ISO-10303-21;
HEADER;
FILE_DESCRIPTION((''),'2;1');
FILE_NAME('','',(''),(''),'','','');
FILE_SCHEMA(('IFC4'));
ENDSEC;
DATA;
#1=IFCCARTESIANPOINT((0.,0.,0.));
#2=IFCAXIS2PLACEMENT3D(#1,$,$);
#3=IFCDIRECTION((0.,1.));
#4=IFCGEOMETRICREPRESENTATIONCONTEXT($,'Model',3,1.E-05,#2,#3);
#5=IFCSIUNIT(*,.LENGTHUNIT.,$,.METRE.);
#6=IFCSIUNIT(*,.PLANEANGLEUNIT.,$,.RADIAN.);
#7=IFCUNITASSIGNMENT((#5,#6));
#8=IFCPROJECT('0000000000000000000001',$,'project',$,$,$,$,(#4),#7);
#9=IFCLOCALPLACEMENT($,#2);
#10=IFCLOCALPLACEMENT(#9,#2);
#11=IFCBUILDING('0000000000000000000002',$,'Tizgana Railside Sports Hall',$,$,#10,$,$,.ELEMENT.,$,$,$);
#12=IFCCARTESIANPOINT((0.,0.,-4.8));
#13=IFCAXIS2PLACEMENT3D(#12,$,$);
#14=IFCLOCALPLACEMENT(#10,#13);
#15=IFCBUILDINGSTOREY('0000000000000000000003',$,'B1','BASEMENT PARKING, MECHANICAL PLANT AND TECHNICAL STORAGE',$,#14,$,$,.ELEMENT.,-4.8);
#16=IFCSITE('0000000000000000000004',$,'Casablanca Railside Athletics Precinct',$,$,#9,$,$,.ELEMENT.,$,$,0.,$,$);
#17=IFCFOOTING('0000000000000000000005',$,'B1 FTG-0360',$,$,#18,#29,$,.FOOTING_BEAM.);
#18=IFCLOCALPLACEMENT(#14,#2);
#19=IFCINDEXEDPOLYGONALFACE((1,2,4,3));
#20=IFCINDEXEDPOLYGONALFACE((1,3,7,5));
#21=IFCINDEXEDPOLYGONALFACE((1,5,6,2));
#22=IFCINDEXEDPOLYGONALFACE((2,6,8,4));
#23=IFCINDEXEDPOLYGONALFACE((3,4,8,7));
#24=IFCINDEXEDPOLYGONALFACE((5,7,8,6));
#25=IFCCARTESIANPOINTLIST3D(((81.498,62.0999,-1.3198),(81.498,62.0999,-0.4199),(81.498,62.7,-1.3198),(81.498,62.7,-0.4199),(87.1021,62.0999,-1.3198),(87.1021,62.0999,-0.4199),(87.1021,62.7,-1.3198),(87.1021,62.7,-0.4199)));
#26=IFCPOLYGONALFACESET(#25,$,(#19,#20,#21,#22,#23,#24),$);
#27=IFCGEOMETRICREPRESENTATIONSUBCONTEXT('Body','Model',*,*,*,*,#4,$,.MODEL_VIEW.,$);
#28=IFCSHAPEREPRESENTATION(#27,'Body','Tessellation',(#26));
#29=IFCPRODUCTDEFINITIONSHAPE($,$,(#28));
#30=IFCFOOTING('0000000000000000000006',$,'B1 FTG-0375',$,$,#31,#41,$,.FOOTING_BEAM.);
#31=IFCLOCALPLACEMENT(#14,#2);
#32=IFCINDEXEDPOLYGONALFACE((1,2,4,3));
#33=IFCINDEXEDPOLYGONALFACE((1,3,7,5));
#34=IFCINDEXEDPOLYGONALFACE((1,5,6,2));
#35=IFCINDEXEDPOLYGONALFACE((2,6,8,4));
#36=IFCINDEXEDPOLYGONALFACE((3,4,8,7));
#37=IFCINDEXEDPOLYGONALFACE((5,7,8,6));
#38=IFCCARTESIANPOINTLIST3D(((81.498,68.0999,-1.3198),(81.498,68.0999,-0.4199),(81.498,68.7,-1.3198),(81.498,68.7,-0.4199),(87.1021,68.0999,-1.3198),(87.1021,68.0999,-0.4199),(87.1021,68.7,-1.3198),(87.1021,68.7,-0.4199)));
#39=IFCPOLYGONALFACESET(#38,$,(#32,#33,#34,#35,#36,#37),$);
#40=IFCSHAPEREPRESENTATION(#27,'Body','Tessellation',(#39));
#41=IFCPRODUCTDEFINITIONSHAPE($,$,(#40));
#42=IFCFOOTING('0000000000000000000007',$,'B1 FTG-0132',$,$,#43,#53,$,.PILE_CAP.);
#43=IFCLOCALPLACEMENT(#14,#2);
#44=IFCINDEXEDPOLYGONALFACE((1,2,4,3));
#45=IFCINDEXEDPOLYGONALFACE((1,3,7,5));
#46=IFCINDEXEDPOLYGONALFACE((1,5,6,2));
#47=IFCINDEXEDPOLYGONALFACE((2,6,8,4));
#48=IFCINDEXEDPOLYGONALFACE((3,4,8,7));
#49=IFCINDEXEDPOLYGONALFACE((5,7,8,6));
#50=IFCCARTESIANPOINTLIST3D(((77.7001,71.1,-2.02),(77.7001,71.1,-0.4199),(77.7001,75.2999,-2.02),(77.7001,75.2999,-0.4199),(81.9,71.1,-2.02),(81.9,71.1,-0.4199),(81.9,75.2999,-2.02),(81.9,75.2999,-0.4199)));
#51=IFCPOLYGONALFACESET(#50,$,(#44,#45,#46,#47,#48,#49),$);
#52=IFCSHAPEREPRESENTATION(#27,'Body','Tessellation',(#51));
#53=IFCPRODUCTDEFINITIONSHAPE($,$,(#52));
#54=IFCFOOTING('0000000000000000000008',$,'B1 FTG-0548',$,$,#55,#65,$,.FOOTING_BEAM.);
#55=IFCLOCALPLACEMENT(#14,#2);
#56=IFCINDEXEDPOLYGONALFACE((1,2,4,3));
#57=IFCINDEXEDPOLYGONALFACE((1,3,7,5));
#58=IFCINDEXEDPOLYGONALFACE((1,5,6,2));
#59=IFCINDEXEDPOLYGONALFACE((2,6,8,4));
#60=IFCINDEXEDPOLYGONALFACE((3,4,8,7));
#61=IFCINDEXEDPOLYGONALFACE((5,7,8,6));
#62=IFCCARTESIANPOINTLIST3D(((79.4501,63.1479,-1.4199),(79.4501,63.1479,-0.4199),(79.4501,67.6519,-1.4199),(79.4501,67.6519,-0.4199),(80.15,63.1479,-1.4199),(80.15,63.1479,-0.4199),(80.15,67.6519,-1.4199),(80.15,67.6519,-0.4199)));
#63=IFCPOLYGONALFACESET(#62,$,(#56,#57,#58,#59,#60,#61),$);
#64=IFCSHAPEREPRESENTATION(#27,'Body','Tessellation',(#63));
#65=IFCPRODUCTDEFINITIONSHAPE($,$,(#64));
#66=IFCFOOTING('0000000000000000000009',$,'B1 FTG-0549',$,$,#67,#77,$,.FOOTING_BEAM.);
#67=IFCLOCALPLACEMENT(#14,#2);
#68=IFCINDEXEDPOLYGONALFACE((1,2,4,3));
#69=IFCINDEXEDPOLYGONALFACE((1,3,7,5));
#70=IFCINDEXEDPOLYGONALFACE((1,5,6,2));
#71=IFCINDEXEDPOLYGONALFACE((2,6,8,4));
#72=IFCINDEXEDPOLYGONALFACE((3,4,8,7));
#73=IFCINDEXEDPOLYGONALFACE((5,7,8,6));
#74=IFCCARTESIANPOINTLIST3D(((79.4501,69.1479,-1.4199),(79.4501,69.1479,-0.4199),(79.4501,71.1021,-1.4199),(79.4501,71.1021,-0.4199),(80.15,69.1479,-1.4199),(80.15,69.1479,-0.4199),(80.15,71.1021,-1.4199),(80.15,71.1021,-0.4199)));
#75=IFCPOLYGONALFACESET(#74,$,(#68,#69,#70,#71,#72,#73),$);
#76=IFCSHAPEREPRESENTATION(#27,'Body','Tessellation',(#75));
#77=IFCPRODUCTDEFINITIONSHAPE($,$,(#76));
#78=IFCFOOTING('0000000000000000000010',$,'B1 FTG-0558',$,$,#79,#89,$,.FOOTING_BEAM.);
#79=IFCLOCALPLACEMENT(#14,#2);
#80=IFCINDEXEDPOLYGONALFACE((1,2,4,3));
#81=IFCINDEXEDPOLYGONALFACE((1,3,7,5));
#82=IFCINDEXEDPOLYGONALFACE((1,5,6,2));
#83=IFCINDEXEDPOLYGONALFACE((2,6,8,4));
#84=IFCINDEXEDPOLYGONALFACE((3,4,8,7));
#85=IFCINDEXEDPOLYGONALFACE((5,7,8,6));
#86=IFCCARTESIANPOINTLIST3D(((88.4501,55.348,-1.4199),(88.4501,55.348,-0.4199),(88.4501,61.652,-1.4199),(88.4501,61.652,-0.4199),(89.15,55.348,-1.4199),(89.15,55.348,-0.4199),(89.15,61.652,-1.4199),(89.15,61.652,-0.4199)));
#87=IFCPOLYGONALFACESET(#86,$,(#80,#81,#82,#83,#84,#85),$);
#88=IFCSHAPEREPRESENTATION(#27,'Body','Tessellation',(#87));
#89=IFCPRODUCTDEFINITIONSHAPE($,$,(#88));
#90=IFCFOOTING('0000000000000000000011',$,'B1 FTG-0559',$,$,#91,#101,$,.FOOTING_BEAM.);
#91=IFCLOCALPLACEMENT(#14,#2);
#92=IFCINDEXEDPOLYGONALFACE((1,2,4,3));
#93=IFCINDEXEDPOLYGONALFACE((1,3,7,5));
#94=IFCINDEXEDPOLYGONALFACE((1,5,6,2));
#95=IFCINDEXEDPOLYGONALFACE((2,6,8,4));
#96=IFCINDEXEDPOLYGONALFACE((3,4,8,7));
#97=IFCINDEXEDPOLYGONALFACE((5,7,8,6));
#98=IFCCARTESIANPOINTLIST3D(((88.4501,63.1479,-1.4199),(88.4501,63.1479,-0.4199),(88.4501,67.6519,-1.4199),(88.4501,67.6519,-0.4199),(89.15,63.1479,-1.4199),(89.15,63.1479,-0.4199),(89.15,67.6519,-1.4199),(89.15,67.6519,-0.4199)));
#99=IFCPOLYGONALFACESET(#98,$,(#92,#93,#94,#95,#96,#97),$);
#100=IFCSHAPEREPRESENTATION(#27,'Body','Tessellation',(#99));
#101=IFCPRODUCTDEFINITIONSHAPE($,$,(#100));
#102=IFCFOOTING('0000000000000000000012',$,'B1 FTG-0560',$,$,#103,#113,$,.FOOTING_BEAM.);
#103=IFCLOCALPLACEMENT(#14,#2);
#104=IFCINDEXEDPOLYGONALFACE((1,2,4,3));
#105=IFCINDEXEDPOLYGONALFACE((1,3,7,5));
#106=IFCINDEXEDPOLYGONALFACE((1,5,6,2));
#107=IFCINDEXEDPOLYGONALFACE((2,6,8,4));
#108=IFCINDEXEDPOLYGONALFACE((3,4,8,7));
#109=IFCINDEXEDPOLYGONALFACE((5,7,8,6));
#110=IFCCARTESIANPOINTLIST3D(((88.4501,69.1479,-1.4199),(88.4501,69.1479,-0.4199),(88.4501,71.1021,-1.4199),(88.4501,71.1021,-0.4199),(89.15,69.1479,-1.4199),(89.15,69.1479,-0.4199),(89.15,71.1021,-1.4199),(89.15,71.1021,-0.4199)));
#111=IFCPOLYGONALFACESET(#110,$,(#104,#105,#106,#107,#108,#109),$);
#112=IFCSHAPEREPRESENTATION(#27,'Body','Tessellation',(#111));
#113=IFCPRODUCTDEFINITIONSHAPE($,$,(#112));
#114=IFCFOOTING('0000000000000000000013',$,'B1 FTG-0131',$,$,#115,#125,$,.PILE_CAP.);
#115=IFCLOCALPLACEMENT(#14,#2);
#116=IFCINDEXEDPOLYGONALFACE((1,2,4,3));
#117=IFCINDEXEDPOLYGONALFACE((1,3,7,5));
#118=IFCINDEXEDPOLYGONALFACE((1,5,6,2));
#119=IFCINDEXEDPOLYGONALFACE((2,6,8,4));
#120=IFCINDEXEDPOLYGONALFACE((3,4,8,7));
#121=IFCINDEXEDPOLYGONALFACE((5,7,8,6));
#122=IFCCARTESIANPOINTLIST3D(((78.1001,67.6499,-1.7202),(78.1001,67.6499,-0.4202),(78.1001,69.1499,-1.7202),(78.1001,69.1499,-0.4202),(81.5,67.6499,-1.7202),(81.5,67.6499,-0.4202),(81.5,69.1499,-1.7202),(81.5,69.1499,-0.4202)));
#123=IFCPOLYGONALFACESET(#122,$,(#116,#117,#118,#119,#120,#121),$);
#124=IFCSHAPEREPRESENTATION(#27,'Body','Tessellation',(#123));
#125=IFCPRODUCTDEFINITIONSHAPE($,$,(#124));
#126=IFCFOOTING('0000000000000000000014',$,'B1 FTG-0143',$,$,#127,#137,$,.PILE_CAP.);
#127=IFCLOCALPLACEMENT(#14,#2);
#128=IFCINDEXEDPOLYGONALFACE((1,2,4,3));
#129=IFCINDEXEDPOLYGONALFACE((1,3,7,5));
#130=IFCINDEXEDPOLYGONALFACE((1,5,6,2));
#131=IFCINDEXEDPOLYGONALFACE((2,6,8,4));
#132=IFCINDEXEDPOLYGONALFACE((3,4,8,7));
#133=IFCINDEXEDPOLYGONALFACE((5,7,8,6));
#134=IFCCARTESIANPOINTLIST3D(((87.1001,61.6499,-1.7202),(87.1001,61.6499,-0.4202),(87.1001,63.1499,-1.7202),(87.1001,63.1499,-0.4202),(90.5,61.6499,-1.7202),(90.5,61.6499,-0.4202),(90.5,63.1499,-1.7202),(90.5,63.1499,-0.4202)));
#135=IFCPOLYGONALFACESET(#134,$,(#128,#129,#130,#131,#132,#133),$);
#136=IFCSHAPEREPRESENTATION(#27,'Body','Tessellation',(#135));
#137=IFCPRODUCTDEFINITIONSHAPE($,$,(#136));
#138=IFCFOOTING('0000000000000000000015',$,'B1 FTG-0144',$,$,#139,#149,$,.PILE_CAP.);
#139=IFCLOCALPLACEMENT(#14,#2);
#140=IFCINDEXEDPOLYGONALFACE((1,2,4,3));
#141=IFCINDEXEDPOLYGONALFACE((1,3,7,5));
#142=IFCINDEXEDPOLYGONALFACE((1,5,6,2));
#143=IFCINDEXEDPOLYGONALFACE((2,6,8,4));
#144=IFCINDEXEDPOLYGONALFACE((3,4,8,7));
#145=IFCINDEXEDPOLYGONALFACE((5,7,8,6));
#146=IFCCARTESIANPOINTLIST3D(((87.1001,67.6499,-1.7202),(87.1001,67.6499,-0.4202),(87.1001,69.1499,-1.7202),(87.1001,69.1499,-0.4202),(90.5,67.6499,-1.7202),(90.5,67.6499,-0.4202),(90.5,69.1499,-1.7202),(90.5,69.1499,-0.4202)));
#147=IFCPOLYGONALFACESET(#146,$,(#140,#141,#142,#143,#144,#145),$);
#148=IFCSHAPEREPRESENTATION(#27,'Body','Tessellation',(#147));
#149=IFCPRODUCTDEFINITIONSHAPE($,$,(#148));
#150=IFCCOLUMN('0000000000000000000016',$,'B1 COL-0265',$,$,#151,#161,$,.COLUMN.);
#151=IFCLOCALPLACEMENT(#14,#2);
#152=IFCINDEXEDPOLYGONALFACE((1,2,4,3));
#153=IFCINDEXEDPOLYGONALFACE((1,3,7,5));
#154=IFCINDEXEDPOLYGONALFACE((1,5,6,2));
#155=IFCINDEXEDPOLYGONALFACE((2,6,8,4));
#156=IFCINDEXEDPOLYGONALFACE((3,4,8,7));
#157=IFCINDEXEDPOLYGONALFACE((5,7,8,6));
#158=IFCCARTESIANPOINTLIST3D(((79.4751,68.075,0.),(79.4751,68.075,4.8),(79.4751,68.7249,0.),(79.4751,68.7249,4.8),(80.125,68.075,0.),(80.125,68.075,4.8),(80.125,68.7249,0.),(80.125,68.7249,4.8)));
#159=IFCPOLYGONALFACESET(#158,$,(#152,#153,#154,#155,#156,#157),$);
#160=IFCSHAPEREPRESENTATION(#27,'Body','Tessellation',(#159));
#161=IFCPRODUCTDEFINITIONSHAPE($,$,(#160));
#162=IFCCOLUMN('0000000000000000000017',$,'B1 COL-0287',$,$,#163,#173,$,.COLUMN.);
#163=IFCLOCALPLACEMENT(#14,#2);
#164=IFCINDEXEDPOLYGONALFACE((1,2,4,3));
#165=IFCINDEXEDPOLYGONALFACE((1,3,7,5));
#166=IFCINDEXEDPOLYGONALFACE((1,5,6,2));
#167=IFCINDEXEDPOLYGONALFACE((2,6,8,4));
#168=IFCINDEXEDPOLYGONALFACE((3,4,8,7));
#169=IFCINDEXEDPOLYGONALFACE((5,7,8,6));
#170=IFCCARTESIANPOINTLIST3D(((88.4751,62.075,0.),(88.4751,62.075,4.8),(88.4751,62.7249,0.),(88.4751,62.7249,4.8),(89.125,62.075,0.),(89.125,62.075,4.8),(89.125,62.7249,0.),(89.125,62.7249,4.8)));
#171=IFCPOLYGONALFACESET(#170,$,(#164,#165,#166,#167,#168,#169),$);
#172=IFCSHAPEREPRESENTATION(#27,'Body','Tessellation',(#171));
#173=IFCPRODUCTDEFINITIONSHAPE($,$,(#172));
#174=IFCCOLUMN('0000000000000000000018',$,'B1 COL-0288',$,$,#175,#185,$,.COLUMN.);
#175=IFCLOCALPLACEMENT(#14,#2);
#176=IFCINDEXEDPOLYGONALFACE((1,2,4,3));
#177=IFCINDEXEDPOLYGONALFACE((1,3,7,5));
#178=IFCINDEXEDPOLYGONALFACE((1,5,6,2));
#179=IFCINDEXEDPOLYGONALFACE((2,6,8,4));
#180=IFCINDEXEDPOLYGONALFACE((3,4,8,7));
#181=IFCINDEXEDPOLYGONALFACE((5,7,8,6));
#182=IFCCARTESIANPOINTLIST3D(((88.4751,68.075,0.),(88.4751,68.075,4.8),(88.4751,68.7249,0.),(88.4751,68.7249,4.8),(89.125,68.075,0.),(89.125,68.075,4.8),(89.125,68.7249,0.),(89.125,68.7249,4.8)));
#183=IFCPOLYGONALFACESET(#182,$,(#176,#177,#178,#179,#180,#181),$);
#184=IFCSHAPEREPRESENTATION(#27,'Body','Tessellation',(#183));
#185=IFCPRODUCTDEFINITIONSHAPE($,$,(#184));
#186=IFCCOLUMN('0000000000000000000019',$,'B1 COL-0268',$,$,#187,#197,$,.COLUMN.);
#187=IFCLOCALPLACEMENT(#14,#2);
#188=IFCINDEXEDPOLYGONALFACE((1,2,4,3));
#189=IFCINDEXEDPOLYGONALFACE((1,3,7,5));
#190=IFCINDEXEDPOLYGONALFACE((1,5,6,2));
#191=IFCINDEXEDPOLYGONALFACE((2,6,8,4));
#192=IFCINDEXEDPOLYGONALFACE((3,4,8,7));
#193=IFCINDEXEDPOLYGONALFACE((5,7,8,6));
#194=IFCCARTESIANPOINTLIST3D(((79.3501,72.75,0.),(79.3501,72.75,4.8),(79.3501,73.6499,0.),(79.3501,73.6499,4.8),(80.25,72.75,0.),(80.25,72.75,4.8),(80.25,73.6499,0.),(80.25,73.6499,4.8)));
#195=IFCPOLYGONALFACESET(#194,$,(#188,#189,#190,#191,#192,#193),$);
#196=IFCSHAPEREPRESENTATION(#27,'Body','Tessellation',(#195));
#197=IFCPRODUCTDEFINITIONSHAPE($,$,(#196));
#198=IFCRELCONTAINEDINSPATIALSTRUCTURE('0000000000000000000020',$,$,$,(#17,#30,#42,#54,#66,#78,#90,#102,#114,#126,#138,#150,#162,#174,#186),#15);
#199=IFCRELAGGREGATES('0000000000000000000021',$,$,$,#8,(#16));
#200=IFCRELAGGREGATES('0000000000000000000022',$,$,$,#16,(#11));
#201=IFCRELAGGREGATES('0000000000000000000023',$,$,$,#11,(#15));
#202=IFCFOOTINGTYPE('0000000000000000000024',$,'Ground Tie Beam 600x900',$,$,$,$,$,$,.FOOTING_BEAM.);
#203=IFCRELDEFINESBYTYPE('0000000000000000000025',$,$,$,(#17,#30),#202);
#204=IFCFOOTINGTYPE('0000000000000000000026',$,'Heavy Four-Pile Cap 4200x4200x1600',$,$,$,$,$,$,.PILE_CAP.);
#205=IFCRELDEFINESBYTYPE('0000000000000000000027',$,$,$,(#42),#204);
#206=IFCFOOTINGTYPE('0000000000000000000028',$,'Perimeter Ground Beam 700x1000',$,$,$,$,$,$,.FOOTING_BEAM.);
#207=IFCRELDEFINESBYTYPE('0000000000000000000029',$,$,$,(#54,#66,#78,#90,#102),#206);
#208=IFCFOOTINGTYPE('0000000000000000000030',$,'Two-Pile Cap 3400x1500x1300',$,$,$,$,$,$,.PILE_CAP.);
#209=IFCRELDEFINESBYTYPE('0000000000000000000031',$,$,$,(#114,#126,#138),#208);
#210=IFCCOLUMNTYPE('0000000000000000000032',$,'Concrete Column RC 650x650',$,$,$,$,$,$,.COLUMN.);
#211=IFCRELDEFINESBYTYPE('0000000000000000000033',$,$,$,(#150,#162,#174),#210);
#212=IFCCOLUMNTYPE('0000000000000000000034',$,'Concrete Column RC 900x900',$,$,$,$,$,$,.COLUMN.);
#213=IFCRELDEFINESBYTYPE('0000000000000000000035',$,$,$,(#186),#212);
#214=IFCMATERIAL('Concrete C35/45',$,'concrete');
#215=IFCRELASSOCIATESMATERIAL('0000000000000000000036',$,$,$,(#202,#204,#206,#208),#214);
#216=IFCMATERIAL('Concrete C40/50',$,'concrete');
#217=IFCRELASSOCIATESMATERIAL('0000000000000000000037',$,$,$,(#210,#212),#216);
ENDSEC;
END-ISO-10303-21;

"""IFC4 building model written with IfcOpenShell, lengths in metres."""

from ifc_helpers import new_model, si_unit, direction, frame, origin, origin_2d, place, context, subcontext, project, spatial, rectangle, extrude, material, material_profile, profile_set, type_object, element, save


model = new_model("IFC4")

# Units and contexts
model_context = context("Model", 3, precision=1e-05, world=origin(), true_north=direction((0.0, 1.0)))
body_context = subcontext(model_context, "Body", "Model", "MODEL_VIEW")
ifc_project = project(units=[si_unit("LENGTHUNIT", "METRE"), si_unit("PLANEANGLEUNIT", "RADIAN")], contexts=[model_context])

# Site, building, storey
site_placement = place(None, origin())
site = spatial("IfcSite", under=ifc_project, at=site_placement, Name="Casablanca Railside Athletics Precinct", CompositionType="ELEMENT", RefElevation=0.0)
building_placement = place(site_placement, origin())
building = spatial("IfcBuilding", under=site, at=building_placement, Name="Tizgana Railside Sports Hall", CompositionType="ELEMENT")
storey_placement = place(building_placement, frame((0.0, 0.0, -4.8)))
storey = spatial("IfcBuildingStorey", under=building, at=storey_placement, Name="B1", Description="BASEMENT PARKING, MECHANICAL PLANT AND TECHNICAL STORAGE", CompositionType="ELEMENT", Elevation=-4.8)

# Shared definitions
ifc_material_1 = material(Name="Concrete C35/45", Category="concrete")

# Footings
footing_type_1 = type_object("IfcFootingType", Name="Ground Tie Beam 600x900", PredefinedType="FOOTING_BEAM", material=ifc_material_1)
for number, where, z_axis, x_axis, name in (
    (1, (84.3, 62.3999, -1.3198), (0.0, 0.0, 1.0), (1.0, 0.0, 0.0), "B1 FTG-0360"),
    (2, (84.3, 68.3999, -1.3198), (0.0, 0.0, 1.0), (1.0, 0.0, 0.0), "B1 FTG-0375"),
):
    element("IfcFooting", number, at=place(storey_placement, frame(where, z_axis=z_axis, x_axis=x_axis)), inside=storey, type_object=footing_type_1, Name=name, PredefinedType="FOOTING_BEAM", context=body_context, shape_type="SweptSolid", body=[
        extrude(rectangle(XDim=5.604, YDim=0.6001, at=origin_2d()), origin(), (0.0, 0.0, 1.0), 0.8999),
    ])
footing_type_2 = type_object("IfcFootingType", Name="Heavy Four-Pile Cap 4200x4200x1600", PredefinedType="PILE_CAP", material=ifc_material_1)
footing_1_placement = place(storey_placement, frame((79.8, 73.2, -2.02), z_axis=(0.0, 0.0, 1.0), x_axis=(1.0, 0.0, 0.0)))
element("IfcFooting", 3, at=footing_1_placement, inside=storey, type_object=footing_type_2, Name="B1 FTG-0132", PredefinedType="PILE_CAP", context=body_context, shape_type="SweptSolid", body=[
    extrude(rectangle(XDim=4.2, YDim=4.2, at=origin_2d()), origin(), (0.0, 0.0, 1.0), 1.6001),
])
footing_type_3 = type_object("IfcFootingType", Name="Perimeter Ground Beam 700x1000", PredefinedType="FOOTING_BEAM", material=ifc_material_1)
footing_2_placement = place(storey_placement, frame((79.8, 65.3999, -1.4199), z_axis=(0.0, 0.0, 1.0), x_axis=(0.0, 1.0, 0.0)))
element("IfcFooting", 4, at=footing_2_placement, inside=storey, type_object=footing_type_3, Name="B1 FTG-0548", PredefinedType="FOOTING_BEAM", context=body_context, shape_type="SweptSolid", body=[
    extrude(rectangle(XDim=4.5039, YDim=0.7, at=origin_2d()), origin(), (0.0, 0.0, 1.0), 1.0),
])
footing_3_placement = place(storey_placement, frame((79.8, 70.125, -1.4199), z_axis=(0.0, 0.0, 1.0), x_axis=(0.0, 1.0, 0.0)))
element("IfcFooting", 5, at=footing_3_placement, inside=storey, type_object=footing_type_3, Name="B1 FTG-0549", PredefinedType="FOOTING_BEAM", context=body_context, shape_type="SweptSolid", body=[
    extrude(rectangle(XDim=1.9541, YDim=0.7, at=origin_2d()), origin(), (0.0, 0.0, 1.0), 1.0),
])
footing_4_placement = place(storey_placement, frame((88.8, 58.5, -1.4199), z_axis=(0.0, 0.0, 1.0), x_axis=(0.0, 1.0, 0.0)))
element("IfcFooting", 6, at=footing_4_placement, inside=storey, type_object=footing_type_3, Name="B1 FTG-0558", PredefinedType="FOOTING_BEAM", context=body_context, shape_type="SweptSolid", body=[
    extrude(rectangle(XDim=6.304, YDim=0.7, at=origin_2d()), origin(), (0.0, 0.0, 1.0), 1.0),
])
footing_5_placement = place(storey_placement, frame((88.8, 65.3999, -1.4199), z_axis=(0.0, 0.0, 1.0), x_axis=(0.0, 1.0, 0.0)))
element("IfcFooting", 7, at=footing_5_placement, inside=storey, type_object=footing_type_3, Name="B1 FTG-0559", PredefinedType="FOOTING_BEAM", context=body_context, shape_type="SweptSolid", body=[
    extrude(rectangle(XDim=4.5039, YDim=0.7, at=origin_2d()), origin(), (0.0, 0.0, 1.0), 1.0),
])
footing_6_placement = place(storey_placement, frame((88.8, 70.125, -1.4199), z_axis=(0.0, 0.0, 1.0), x_axis=(0.0, 1.0, 0.0)))
element("IfcFooting", 8, at=footing_6_placement, inside=storey, type_object=footing_type_3, Name="B1 FTG-0560", PredefinedType="FOOTING_BEAM", context=body_context, shape_type="SweptSolid", body=[
    extrude(rectangle(XDim=1.9541, YDim=0.7, at=origin_2d()), origin(), (0.0, 0.0, 1.0), 1.0),
])
footing_type_4 = type_object("IfcFootingType", Name="Two-Pile Cap 3400x1500x1300", PredefinedType="PILE_CAP", material=ifc_material_1)
for number, where, z_axis, x_axis, name in (
    (9, (79.8, 68.3999, -1.7202), (0.0, 0.0, 1.0), (1.0, 0.0, 0.0), "B1 FTG-0131"),
    (10, (88.8, 62.3999, -1.7202), (0.0, 0.0, 1.0), (1.0, 0.0, 0.0), "B1 FTG-0143"),
    (11, (88.8, 68.3999, -1.7202), (0.0, 0.0, 1.0), (1.0, 0.0, 0.0), "B1 FTG-0144"),
):
    element("IfcFooting", number, at=place(storey_placement, frame(where, z_axis=z_axis, x_axis=x_axis)), inside=storey, type_object=footing_type_4, Name=name, PredefinedType="PILE_CAP", context=body_context, shape_type="SweptSolid", body=[
        extrude(rectangle(XDim=3.3999, YDim=1.5, at=origin_2d()), origin(), (0.0, 0.0, 1.0), 1.3),
    ])

# Columns
ifc_material_2 = material(Name="Concrete C40/50", Category="concrete")
ifc_material_profile_1 = material_profile(ifc_material_2, rectangle(XDim=0.6499, YDim=0.6499, at=origin_2d()), Name="RC 650x650")
ifc_profile_set_1 = profile_set([ifc_material_profile_1], Name="Concrete C40/50")
column_type_1 = type_object("IfcColumnType", Name="Concrete Column RC 650x650", PredefinedType="COLUMN", material=ifc_profile_set_1)
for number, where, z_axis, x_axis, name in (
    (12, (79.8, 68.3999, 0.0), (0.0, 0.0, 1.0), (1.0, 0.0, 0.0), "B1 COL-0265"),
    (13, (88.8, 62.3999, 0.0), (0.0, 0.0, 1.0), (1.0, 0.0, 0.0), "B1 COL-0287"),
    (14, (88.8, 68.3999, 0.0), (0.0, 0.0, 1.0), (1.0, 0.0, 0.0), "B1 COL-0288"),
):
    element("IfcColumn", number, at=place(storey_placement, frame(where, z_axis=z_axis, x_axis=x_axis)), inside=storey, type_object=column_type_1, Name=name, PredefinedType="COLUMN", context=body_context, shape_type="SweptSolid", body=[
        extrude(rectangle(XDim=0.6499, YDim=0.6499, at=origin_2d()), origin(), (0.0, 0.0, 1.0), 4.8),
    ])
ifc_material_profile_2 = material_profile(ifc_material_2, rectangle(XDim=0.8999, YDim=0.8999, at=origin_2d()), Name="RC 900x900")
ifc_profile_set_2 = profile_set([ifc_material_profile_2], Name="Concrete C40/50")
column_type_2 = type_object("IfcColumnType", Name="Concrete Column RC 900x900", PredefinedType="COLUMN", material=ifc_profile_set_2)
column_placement = place(storey_placement, frame((79.8, 73.2, 0.0), z_axis=(0.0, 0.0, 1.0), x_axis=(1.0, 0.0, 0.0)))
element("IfcColumn", 15, at=column_placement, inside=storey, type_object=column_type_2, Name="B1 COL-0268", PredefinedType="COLUMN", context=body_context, shape_type="SweptSolid", body=[
    extrude(rectangle(XDim=0.8999, YDim=0.8999, at=origin_2d()), origin(), (0.0, 0.0, 1.0), 4.8),
])

save(model, "model.ifc")
